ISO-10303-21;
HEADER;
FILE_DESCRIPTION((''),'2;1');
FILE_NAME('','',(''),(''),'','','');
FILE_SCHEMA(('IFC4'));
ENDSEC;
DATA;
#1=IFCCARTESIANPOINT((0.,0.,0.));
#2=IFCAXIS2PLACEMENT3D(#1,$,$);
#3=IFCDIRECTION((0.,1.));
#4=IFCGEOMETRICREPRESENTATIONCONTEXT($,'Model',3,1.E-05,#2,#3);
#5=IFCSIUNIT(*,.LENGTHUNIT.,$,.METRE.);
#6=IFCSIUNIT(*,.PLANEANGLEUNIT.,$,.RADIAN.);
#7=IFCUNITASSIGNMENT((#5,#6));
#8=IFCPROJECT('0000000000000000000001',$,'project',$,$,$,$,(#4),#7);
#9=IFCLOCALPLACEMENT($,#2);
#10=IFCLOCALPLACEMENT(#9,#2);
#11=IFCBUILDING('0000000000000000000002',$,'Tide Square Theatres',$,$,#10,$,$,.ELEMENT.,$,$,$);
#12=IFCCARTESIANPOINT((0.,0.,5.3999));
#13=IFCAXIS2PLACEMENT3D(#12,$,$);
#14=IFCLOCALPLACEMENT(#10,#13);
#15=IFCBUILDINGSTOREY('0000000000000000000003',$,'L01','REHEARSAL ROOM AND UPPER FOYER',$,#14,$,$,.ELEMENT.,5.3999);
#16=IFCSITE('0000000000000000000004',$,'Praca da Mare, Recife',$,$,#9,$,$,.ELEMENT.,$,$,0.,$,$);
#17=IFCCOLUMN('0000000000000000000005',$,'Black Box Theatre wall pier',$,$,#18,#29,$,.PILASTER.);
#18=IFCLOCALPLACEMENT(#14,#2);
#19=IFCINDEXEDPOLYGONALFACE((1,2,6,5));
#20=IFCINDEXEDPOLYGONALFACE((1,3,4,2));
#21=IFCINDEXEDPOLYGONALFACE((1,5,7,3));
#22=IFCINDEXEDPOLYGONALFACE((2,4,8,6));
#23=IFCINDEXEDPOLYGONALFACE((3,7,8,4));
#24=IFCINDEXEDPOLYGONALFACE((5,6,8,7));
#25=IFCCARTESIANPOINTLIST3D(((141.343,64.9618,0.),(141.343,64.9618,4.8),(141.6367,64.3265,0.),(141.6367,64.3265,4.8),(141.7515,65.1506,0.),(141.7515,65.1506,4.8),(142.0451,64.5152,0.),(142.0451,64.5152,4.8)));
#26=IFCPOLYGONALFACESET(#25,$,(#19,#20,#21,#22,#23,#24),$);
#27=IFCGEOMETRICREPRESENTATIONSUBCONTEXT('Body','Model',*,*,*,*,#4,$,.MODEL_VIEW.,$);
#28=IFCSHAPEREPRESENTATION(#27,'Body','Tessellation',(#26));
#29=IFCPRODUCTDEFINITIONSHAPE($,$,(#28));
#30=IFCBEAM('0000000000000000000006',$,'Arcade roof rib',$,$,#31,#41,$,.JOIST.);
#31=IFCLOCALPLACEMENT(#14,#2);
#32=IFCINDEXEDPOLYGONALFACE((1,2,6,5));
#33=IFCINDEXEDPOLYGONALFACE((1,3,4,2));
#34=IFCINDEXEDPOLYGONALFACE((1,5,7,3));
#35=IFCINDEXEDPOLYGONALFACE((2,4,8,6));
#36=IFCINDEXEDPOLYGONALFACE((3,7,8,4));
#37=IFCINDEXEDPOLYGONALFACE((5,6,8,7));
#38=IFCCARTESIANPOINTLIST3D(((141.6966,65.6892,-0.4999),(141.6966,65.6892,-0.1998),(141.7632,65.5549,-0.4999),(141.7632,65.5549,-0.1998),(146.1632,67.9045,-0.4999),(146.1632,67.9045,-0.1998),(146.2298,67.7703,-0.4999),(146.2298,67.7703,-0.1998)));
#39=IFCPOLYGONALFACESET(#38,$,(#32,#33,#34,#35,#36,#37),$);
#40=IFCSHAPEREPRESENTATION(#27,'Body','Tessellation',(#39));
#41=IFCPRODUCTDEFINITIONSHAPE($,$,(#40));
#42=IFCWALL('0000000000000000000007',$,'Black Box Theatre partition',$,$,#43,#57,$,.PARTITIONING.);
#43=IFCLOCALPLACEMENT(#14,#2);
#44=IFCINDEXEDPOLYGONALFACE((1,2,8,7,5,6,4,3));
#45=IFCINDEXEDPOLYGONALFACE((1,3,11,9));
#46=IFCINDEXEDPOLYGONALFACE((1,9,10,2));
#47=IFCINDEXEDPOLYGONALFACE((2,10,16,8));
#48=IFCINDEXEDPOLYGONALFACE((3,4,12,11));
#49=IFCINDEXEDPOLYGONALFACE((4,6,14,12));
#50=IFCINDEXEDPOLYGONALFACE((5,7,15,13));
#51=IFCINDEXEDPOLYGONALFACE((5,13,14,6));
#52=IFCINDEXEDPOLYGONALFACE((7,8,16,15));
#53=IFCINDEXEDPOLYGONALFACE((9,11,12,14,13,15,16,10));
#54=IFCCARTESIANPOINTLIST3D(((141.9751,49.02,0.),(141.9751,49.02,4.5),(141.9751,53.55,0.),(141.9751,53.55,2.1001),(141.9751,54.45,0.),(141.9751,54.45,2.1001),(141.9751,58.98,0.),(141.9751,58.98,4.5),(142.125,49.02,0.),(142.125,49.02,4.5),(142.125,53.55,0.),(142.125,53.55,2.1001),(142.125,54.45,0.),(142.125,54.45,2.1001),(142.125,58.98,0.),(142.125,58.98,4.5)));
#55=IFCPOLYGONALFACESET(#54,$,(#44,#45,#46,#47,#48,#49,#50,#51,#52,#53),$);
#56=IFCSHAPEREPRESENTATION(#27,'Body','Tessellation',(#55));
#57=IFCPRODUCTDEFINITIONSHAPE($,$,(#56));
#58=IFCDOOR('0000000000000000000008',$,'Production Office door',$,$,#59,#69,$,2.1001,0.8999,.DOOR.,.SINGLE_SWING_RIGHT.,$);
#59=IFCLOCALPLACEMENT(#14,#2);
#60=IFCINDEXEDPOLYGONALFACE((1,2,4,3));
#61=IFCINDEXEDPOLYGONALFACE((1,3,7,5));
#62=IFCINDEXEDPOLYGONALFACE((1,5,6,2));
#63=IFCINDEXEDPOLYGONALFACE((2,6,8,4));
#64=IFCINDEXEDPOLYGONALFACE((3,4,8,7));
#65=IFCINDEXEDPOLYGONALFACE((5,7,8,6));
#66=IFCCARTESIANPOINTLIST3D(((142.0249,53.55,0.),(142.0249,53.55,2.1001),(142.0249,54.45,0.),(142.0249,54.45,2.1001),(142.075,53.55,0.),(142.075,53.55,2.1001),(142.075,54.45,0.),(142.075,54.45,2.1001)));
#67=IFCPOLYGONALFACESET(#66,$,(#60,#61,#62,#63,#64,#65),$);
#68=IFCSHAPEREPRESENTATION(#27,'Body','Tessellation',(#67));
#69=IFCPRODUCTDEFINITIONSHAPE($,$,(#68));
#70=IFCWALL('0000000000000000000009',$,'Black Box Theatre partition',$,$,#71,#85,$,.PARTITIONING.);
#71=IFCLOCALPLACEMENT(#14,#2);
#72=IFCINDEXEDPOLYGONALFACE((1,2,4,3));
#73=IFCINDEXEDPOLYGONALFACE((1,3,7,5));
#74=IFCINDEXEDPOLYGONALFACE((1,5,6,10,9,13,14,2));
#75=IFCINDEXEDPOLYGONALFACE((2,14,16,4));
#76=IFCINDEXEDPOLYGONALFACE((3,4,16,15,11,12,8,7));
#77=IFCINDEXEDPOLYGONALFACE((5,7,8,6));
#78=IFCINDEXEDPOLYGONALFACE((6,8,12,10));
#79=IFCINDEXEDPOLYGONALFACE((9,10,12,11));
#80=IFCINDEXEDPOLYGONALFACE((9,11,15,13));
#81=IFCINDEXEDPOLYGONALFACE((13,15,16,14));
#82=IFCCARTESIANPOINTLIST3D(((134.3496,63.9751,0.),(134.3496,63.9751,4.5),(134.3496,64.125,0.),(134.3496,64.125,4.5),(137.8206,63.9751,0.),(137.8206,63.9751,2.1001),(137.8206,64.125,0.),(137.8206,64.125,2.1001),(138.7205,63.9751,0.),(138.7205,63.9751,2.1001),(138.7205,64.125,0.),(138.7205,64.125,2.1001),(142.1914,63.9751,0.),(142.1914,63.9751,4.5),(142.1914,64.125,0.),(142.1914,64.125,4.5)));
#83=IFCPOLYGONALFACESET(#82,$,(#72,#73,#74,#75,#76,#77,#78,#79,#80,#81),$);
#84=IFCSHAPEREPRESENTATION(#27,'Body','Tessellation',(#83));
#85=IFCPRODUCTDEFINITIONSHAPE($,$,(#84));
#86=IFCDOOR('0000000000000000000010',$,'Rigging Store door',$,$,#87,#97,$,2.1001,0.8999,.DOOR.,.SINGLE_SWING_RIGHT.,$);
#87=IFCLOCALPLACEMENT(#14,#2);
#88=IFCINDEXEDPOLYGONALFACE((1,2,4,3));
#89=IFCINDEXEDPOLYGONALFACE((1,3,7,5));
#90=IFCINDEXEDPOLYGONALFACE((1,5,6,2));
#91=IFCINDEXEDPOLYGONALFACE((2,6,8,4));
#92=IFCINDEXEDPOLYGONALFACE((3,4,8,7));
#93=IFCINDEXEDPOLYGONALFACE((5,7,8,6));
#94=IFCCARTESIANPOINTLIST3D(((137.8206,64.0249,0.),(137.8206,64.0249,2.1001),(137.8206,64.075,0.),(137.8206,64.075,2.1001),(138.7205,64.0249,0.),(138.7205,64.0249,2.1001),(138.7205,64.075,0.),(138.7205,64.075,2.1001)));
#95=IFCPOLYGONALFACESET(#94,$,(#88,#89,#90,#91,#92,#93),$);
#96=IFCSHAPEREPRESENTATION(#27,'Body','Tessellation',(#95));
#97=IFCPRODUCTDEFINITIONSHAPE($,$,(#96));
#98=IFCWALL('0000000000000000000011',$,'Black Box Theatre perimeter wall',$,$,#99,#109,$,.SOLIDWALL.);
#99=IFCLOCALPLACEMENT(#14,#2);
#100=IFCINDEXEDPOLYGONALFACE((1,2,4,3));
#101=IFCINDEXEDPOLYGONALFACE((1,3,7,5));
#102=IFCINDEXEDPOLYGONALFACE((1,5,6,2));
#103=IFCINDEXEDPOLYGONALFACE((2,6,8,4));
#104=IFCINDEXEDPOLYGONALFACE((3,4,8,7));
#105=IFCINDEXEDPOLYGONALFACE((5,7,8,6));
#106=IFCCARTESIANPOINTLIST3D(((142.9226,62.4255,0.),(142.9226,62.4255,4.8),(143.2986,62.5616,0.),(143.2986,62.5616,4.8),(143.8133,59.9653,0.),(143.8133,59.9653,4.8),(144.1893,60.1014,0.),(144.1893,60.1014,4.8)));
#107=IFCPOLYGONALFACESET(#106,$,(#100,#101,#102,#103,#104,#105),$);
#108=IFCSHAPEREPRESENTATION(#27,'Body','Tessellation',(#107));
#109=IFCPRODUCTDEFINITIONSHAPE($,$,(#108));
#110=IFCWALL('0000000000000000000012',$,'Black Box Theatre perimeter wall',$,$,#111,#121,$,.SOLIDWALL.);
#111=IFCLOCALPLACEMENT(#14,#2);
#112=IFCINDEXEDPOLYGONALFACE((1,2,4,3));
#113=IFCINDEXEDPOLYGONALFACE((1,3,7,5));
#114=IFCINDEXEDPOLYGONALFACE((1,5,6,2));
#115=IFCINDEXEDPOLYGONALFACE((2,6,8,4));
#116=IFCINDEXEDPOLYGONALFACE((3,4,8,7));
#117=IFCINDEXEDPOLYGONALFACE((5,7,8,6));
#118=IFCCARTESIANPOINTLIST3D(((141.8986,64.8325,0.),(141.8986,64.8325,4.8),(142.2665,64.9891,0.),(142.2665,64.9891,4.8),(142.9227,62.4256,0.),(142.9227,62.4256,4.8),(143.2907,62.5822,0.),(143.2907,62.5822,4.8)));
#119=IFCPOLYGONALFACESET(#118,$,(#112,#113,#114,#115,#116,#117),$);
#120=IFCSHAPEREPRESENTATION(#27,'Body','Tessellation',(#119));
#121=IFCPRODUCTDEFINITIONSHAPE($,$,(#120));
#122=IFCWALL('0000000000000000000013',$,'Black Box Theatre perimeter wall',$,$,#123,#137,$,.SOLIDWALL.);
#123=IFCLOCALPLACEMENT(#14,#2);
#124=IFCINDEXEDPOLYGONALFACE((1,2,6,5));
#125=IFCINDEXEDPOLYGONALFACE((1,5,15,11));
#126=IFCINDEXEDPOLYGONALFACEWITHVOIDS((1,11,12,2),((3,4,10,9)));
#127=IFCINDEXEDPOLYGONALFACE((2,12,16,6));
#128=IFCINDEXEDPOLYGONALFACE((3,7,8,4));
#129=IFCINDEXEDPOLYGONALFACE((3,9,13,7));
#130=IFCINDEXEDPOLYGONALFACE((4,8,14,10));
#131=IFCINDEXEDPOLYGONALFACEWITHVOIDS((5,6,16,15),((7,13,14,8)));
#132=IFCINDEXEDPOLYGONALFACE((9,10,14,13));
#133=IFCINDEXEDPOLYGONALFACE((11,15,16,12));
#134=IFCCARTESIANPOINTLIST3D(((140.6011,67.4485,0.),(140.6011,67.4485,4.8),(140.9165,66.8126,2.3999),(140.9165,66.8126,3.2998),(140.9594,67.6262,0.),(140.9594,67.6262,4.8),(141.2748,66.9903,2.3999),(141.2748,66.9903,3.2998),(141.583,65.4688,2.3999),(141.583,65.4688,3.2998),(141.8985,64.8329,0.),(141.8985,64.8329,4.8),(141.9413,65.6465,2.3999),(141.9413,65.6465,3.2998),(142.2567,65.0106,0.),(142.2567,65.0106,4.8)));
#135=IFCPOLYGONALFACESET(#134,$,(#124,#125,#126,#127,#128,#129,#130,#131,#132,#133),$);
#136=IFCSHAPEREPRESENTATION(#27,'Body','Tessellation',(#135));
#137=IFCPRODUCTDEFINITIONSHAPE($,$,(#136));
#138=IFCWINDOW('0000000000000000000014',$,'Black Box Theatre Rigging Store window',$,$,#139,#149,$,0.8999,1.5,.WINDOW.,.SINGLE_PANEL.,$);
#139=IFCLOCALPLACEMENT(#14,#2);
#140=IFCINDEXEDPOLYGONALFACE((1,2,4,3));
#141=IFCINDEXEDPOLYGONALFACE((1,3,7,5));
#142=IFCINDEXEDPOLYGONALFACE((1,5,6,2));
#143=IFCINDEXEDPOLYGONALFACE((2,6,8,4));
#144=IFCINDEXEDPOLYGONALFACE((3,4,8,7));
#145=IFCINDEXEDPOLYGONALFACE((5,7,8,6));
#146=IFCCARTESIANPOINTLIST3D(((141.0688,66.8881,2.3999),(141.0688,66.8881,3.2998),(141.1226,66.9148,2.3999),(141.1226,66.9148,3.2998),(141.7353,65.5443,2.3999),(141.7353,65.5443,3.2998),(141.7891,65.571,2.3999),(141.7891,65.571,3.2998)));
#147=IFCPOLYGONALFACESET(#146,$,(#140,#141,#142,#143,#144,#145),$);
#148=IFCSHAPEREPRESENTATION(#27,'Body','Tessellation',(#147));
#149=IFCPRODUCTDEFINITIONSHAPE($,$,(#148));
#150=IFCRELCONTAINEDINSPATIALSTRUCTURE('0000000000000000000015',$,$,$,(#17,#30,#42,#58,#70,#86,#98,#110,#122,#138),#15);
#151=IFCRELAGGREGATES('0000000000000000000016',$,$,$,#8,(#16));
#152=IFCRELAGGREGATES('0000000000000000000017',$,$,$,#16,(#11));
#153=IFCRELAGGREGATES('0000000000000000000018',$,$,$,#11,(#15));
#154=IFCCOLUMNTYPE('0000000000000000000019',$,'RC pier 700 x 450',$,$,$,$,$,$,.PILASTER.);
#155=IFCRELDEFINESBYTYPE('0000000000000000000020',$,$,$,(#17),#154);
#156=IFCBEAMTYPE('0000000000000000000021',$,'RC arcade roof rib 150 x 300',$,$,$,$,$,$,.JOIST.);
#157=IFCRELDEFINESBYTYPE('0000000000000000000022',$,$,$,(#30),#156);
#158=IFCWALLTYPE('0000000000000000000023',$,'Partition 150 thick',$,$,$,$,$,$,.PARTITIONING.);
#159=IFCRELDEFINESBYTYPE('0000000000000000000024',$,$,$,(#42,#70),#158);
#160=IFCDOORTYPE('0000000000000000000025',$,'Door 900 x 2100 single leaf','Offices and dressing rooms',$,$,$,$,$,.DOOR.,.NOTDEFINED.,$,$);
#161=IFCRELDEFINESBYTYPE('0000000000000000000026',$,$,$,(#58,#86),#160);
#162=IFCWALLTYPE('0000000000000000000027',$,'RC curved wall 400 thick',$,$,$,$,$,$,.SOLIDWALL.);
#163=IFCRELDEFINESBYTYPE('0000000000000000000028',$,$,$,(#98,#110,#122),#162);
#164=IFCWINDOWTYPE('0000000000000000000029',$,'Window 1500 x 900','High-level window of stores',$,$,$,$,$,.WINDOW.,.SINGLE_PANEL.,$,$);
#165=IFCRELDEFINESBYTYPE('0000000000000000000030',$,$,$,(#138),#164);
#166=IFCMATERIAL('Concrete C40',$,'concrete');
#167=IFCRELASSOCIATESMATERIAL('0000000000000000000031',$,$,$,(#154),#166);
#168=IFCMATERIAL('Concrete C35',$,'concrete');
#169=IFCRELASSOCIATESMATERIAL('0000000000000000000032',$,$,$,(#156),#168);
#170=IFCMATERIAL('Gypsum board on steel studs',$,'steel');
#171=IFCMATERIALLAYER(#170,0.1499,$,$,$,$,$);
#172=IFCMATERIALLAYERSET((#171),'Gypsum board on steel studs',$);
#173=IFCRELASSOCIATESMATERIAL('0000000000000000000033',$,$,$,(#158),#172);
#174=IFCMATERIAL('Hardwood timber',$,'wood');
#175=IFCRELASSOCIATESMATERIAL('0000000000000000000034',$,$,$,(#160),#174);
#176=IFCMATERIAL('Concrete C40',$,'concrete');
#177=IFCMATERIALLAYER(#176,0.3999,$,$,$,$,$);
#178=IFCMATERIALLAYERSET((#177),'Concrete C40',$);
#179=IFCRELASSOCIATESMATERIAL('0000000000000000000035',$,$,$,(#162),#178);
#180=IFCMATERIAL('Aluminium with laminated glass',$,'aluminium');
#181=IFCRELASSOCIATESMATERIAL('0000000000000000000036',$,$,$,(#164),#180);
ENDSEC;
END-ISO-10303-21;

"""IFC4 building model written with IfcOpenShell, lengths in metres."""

from ifc_helpers import new_model, si_unit, direction, frame, frame_2d, origin, origin_2d, place, context, subcontext, project, spatial, rectangle, extrude, material, layer, layer_set, material_profile, profile_set, type_object, element, fill, save


model = new_model("IFC4")

# Units and contexts
model_context = context("Model", 3, precision=1e-05, world=origin(), true_north=direction((0.0, 1.0)))
body_context = subcontext(model_context, "Body", "Model", "MODEL_VIEW")
ifc_project = project(units=[si_unit("LENGTHUNIT", "METRE"), si_unit("PLANEANGLEUNIT", "RADIAN")], contexts=[model_context])

# Site, building, storey
site_placement = place(None, origin())
site = spatial("IfcSite", under=ifc_project, at=site_placement, Name="Praca da Mare, Recife", CompositionType="ELEMENT", RefElevation=0.0)
building_placement = place(site_placement, origin())
building = spatial("IfcBuilding", under=site, at=building_placement, Name="Tide Square Theatres", CompositionType="ELEMENT")
storey_placement = place(building_placement, frame((0.0, 0.0, 5.3999)))
storey = spatial("IfcBuildingStorey", under=building, at=storey_placement, Name="L01", Description="REHEARSAL ROOM AND UPPER FOYER", CompositionType="ELEMENT", Elevation=5.3999)

# Column
ifc_material_1 = material(Name="Concrete C40", Category="concrete")
ifc_material_profile_1 = material_profile(ifc_material_1, rectangle(XDim=0.7, YDim=0.45, at=origin_2d()))
ifc_profile_set_1 = profile_set([ifc_material_profile_1], Name="Concrete C40")
column_type = type_object("IfcColumnType", Name="RC pier 700 x 450", PredefinedType="PILASTER", material=ifc_profile_set_1)
column_placement = place(storey_placement, frame((141.6941, 64.7385, 0.0), z_axis=(0.0, 0.0, 1.0), x_axis=(-0.41956, 0.907728, 0.0)))
element("IfcColumn", 1, at=column_placement, inside=storey, type_object=column_type, Name="Black Box Theatre wall pier", PredefinedType="PILASTER", context=body_context, shape_type="SweptSolid", body=[
    extrude(rectangle(XDim=0.7, YDim=0.45, at=origin_2d()), origin(), (0.0, 0.0, 1.0), 4.8),
])

# Beam
ifc_material_2 = material(Name="Concrete C35", Category="concrete")
ifc_material_profile_2 = material_profile(ifc_material_2, rectangle(XDim=0.1499, YDim=0.3, at=origin_2d()))
ifc_profile_set_2 = profile_set([ifc_material_profile_2], Name="Concrete C35")
beam_type = type_object("IfcBeamType", Name="RC arcade roof rib 150 x 300", PredefinedType="JOIST", material=ifc_profile_set_2)
beam_placement = place(storey_placement, frame((146.1965, 67.8374, -0.3499), z_axis=(-0.895862, -0.444332, 0.0), x_axis=(0.444332, -0.895862, 0.0)))
element("IfcBeam", 2, at=beam_placement, inside=storey, type_object=beam_type, Name="Arcade roof rib", PredefinedType="JOIST", context=body_context, shape_type="SweptSolid", body=[
    extrude(rectangle(XDim=0.1499, YDim=0.3, at=origin_2d()), origin(), (0.0, 0.0, 1.0), 4.9858),
])

# Walls, openings, doors
ifc_material_3 = material(Name="Gypsum board on steel studs", Category="steel")
ifc_layer_1 = layer(ifc_material_3, 0.1499)
ifc_layer_set_1 = layer_set([ifc_layer_1], Name="Gypsum board on steel studs")
wall_type_1 = type_object("IfcWallType", Name="Partition 150 thick", PredefinedType="PARTITIONING", material=ifc_layer_set_1)
wall_1_placement = place(storey_placement, frame((142.05, 58.98, 0.0), z_axis=(0.0, 0.0, 1.0), x_axis=(0.0, -1.0, 0.0)))
wall_1 = element("IfcWall", 3, at=wall_1_placement, inside=storey, type_object=wall_type_1, Name="Black Box Theatre partition", PredefinedType="PARTITIONING", context=body_context, shape_type="SweptSolid", body=[
    extrude(rectangle(XDim=9.96, YDim=0.1499, at=frame_2d((4.98, 0.0))), origin(), (0.0, 0.0, 1.0), 4.5),
])
opening_1_placement = place(wall_1_placement, frame((4.53, 0.0, 0.0)))
opening_1 = element("IfcOpeningElement", 4, at=opening_1_placement, cuts=wall_1, PredefinedType="OPENING", context=body_context, shape_type="SweptSolid", body=[
    extrude(rectangle(XDim=0.8999, YDim=2.1001, at=frame_2d((0.45, 1.05))), frame((0.0, 0.085, 0.0), z_axis=(0.0, -1.0, 0.0), x_axis=(1.0, 0.0, 0.0)), (0.0, 0.0, 1.0), 0.1699),
])
ifc_material_4 = material(Name="Hardwood timber", Category="wood")
door_type_1 = type_object("IfcDoorType", Name="Door 900 x 2100 single leaf", Description="Offices and dressing rooms", OperationType="NOTDEFINED", PredefinedType="DOOR", material=ifc_material_4)
door_1_placement = place(opening_1_placement, origin())
door_1 = element("IfcDoor", 5, at=door_1_placement, inside=storey, type_object=door_type_1, Name="Production Office door", OperationType="SINGLE_SWING_RIGHT", OverallHeight=2.1001, OverallWidth=0.8999, PredefinedType="DOOR", context=body_context, shape_type="SweptSolid", body=[
    extrude(rectangle(XDim=0.8999, YDim=2.1001, at=frame_2d((0.45, 1.05))), frame((0.0, 0.0249, 0.0), z_axis=(0.0, -1.0, 0.0), x_axis=(1.0, 0.0, 0.0)), (0.0, 0.0, 1.0), 0.05),
])
fill(opening_1, door_1)
wall_2_placement = place(storey_placement, frame((134.3496, 64.05, 0.0), z_axis=(0.0, 0.0, 1.0), x_axis=(1.0, 0.0, 0.0)))
wall_2 = element("IfcWall", 6, at=wall_2_placement, inside=storey, type_object=wall_type_1, Name="Black Box Theatre partition", PredefinedType="PARTITIONING", context=body_context, shape_type="SweptSolid", body=[
    extrude(rectangle(XDim=7.8418, YDim=0.1499, at=frame_2d((3.9209, 0.0))), origin(), (0.0, 0.0, 1.0), 4.5),
])
opening_2_placement = place(wall_2_placement, frame((3.4709, 0.0, 0.0)))
opening_2 = element("IfcOpeningElement", 7, at=opening_2_placement, cuts=wall_2, PredefinedType="OPENING", context=body_context, shape_type="SweptSolid", body=[
    extrude(rectangle(XDim=0.8999, YDim=2.1001, at=frame_2d((0.45, 1.05))), frame((0.0, 0.085, 0.0), z_axis=(0.0, -1.0, 0.0), x_axis=(1.0, 0.0, 0.0)), (0.0, 0.0, 1.0), 0.1699),
])
door_2_placement = place(opening_2_placement, origin())
door_2 = element("IfcDoor", 8, at=door_2_placement, inside=storey, type_object=door_type_1, Name="Rigging Store door", OperationType="SINGLE_SWING_RIGHT", OverallHeight=2.1001, OverallWidth=0.8999, PredefinedType="DOOR", context=body_context, shape_type="SweptSolid", body=[
    extrude(rectangle(XDim=0.8999, YDim=2.1001, at=frame_2d((0.45, 1.05))), frame((0.0, 0.0249, 0.0), z_axis=(0.0, -1.0, 0.0), x_axis=(1.0, 0.0, 0.0)), (0.0, 0.0, 1.0), 0.05),
])
fill(opening_2, door_2)

# Walls
ifc_material_5 = material(Name="Concrete C40", Category="concrete")
ifc_layer_2 = layer(ifc_material_5, 0.3999)
ifc_layer_set_2 = layer_set([ifc_layer_2], Name="Concrete C40")
wall_type_2 = type_object("IfcWallType", Name="RC curved wall 400 thick", PredefinedType="SOLIDWALL", material=ifc_layer_set_2)
wall_3_placement = place(storey_placement, frame((144.0012, 60.0334, 0.0), z_axis=(0.0, 0.0, 1.0), x_axis=(-0.340394, 0.940283, 0.0)))
element("IfcWall", 9, at=wall_3_placement, inside=storey, type_object=wall_type_2, Name="Black Box Theatre perimeter wall", PredefinedType="SOLIDWALL", context=body_context, shape_type="SweptSolid", body=[
    extrude(rectangle(XDim=2.6165, YDim=0.3999, at=frame_2d((1.3081, 0.0))), origin(), (0.0, 0.0, 1.0), 4.8),
])
wall_4_placement = place(storey_placement, frame((143.1067, 62.5039, 0.0), z_axis=(0.0, 0.0, 1.0), x_axis=(-0.39153, 0.920165, 0.0)))
element("IfcWall", 10, at=wall_4_placement, inside=storey, type_object=wall_type_2, Name="Black Box Theatre perimeter wall", PredefinedType="SOLIDWALL", context=body_context, shape_type="SweptSolid", body=[
    extrude(rectangle(XDim=2.6157, YDim=0.3999, at=frame_2d((1.3079, 0.0))), origin(), (0.0, 0.0, 1.0), 4.8),
])

# Wall, opening, window
wall_5_placement = place(storey_placement, frame((142.0776, 64.9216, 0.0), z_axis=(0.0, 0.0, 1.0), x_axis=(-0.444335, 0.895861, 0.0)))
wall_5 = element("IfcWall", 11, at=wall_5_placement, inside=storey, type_object=wall_type_2, Name="Black Box Theatre perimeter wall", PredefinedType="SOLIDWALL", context=body_context, shape_type="SweptSolid", body=[
    extrude(rectangle(XDim=2.9197, YDim=0.3999, at=frame_2d((1.46, 0.0))), origin(), (0.0, 0.0, 1.0), 4.8),
])
opening_3_placement = place(wall_5_placement, frame((0.71, 0.0, 2.3999)))
opening_3 = element("IfcOpeningElement", 12, at=opening_3_placement, cuts=wall_5, PredefinedType="OPENING", context=body_context, shape_type="SweptSolid", body=[
    extrude(rectangle(XDim=1.5, YDim=0.8999, at=frame_2d((0.75, 0.45))), frame((0.0, 0.21, 0.0), z_axis=(0.0, -1.0, 0.0), x_axis=(1.0, 0.0, 0.0)), (0.0, 0.0, 1.0), 0.4199),
])
ifc_material_6 = material(Name="Aluminium with laminated glass", Category="aluminium")
window_type = type_object("IfcWindowType", Name="Window 1500 x 900", Description="High-level window of stores", PartitioningType="SINGLE_PANEL", PredefinedType="WINDOW", material=ifc_material_6)
window_1_placement = place(opening_3_placement, origin())
window_1 = element("IfcWindow", 13, at=window_1_placement, inside=storey, type_object=window_type, Name="Black Box Theatre Rigging Store window", OverallHeight=0.8999, OverallWidth=1.5, PartitioningType="SINGLE_PANEL", PredefinedType="WINDOW", context=body_context, shape_type="SweptSolid", body=[
    extrude(rectangle(XDim=1.5, YDim=0.8999, at=frame_2d((0.75, 0.45))), frame((0.0, 0.03, 0.0), z_axis=(0.0, -1.0, 0.0), x_axis=(1.0, 0.0, 0.0)), (0.0, 0.0, 1.0), 0.0601),
])
fill(opening_3, window_1)

save(model, "model.ifc")
